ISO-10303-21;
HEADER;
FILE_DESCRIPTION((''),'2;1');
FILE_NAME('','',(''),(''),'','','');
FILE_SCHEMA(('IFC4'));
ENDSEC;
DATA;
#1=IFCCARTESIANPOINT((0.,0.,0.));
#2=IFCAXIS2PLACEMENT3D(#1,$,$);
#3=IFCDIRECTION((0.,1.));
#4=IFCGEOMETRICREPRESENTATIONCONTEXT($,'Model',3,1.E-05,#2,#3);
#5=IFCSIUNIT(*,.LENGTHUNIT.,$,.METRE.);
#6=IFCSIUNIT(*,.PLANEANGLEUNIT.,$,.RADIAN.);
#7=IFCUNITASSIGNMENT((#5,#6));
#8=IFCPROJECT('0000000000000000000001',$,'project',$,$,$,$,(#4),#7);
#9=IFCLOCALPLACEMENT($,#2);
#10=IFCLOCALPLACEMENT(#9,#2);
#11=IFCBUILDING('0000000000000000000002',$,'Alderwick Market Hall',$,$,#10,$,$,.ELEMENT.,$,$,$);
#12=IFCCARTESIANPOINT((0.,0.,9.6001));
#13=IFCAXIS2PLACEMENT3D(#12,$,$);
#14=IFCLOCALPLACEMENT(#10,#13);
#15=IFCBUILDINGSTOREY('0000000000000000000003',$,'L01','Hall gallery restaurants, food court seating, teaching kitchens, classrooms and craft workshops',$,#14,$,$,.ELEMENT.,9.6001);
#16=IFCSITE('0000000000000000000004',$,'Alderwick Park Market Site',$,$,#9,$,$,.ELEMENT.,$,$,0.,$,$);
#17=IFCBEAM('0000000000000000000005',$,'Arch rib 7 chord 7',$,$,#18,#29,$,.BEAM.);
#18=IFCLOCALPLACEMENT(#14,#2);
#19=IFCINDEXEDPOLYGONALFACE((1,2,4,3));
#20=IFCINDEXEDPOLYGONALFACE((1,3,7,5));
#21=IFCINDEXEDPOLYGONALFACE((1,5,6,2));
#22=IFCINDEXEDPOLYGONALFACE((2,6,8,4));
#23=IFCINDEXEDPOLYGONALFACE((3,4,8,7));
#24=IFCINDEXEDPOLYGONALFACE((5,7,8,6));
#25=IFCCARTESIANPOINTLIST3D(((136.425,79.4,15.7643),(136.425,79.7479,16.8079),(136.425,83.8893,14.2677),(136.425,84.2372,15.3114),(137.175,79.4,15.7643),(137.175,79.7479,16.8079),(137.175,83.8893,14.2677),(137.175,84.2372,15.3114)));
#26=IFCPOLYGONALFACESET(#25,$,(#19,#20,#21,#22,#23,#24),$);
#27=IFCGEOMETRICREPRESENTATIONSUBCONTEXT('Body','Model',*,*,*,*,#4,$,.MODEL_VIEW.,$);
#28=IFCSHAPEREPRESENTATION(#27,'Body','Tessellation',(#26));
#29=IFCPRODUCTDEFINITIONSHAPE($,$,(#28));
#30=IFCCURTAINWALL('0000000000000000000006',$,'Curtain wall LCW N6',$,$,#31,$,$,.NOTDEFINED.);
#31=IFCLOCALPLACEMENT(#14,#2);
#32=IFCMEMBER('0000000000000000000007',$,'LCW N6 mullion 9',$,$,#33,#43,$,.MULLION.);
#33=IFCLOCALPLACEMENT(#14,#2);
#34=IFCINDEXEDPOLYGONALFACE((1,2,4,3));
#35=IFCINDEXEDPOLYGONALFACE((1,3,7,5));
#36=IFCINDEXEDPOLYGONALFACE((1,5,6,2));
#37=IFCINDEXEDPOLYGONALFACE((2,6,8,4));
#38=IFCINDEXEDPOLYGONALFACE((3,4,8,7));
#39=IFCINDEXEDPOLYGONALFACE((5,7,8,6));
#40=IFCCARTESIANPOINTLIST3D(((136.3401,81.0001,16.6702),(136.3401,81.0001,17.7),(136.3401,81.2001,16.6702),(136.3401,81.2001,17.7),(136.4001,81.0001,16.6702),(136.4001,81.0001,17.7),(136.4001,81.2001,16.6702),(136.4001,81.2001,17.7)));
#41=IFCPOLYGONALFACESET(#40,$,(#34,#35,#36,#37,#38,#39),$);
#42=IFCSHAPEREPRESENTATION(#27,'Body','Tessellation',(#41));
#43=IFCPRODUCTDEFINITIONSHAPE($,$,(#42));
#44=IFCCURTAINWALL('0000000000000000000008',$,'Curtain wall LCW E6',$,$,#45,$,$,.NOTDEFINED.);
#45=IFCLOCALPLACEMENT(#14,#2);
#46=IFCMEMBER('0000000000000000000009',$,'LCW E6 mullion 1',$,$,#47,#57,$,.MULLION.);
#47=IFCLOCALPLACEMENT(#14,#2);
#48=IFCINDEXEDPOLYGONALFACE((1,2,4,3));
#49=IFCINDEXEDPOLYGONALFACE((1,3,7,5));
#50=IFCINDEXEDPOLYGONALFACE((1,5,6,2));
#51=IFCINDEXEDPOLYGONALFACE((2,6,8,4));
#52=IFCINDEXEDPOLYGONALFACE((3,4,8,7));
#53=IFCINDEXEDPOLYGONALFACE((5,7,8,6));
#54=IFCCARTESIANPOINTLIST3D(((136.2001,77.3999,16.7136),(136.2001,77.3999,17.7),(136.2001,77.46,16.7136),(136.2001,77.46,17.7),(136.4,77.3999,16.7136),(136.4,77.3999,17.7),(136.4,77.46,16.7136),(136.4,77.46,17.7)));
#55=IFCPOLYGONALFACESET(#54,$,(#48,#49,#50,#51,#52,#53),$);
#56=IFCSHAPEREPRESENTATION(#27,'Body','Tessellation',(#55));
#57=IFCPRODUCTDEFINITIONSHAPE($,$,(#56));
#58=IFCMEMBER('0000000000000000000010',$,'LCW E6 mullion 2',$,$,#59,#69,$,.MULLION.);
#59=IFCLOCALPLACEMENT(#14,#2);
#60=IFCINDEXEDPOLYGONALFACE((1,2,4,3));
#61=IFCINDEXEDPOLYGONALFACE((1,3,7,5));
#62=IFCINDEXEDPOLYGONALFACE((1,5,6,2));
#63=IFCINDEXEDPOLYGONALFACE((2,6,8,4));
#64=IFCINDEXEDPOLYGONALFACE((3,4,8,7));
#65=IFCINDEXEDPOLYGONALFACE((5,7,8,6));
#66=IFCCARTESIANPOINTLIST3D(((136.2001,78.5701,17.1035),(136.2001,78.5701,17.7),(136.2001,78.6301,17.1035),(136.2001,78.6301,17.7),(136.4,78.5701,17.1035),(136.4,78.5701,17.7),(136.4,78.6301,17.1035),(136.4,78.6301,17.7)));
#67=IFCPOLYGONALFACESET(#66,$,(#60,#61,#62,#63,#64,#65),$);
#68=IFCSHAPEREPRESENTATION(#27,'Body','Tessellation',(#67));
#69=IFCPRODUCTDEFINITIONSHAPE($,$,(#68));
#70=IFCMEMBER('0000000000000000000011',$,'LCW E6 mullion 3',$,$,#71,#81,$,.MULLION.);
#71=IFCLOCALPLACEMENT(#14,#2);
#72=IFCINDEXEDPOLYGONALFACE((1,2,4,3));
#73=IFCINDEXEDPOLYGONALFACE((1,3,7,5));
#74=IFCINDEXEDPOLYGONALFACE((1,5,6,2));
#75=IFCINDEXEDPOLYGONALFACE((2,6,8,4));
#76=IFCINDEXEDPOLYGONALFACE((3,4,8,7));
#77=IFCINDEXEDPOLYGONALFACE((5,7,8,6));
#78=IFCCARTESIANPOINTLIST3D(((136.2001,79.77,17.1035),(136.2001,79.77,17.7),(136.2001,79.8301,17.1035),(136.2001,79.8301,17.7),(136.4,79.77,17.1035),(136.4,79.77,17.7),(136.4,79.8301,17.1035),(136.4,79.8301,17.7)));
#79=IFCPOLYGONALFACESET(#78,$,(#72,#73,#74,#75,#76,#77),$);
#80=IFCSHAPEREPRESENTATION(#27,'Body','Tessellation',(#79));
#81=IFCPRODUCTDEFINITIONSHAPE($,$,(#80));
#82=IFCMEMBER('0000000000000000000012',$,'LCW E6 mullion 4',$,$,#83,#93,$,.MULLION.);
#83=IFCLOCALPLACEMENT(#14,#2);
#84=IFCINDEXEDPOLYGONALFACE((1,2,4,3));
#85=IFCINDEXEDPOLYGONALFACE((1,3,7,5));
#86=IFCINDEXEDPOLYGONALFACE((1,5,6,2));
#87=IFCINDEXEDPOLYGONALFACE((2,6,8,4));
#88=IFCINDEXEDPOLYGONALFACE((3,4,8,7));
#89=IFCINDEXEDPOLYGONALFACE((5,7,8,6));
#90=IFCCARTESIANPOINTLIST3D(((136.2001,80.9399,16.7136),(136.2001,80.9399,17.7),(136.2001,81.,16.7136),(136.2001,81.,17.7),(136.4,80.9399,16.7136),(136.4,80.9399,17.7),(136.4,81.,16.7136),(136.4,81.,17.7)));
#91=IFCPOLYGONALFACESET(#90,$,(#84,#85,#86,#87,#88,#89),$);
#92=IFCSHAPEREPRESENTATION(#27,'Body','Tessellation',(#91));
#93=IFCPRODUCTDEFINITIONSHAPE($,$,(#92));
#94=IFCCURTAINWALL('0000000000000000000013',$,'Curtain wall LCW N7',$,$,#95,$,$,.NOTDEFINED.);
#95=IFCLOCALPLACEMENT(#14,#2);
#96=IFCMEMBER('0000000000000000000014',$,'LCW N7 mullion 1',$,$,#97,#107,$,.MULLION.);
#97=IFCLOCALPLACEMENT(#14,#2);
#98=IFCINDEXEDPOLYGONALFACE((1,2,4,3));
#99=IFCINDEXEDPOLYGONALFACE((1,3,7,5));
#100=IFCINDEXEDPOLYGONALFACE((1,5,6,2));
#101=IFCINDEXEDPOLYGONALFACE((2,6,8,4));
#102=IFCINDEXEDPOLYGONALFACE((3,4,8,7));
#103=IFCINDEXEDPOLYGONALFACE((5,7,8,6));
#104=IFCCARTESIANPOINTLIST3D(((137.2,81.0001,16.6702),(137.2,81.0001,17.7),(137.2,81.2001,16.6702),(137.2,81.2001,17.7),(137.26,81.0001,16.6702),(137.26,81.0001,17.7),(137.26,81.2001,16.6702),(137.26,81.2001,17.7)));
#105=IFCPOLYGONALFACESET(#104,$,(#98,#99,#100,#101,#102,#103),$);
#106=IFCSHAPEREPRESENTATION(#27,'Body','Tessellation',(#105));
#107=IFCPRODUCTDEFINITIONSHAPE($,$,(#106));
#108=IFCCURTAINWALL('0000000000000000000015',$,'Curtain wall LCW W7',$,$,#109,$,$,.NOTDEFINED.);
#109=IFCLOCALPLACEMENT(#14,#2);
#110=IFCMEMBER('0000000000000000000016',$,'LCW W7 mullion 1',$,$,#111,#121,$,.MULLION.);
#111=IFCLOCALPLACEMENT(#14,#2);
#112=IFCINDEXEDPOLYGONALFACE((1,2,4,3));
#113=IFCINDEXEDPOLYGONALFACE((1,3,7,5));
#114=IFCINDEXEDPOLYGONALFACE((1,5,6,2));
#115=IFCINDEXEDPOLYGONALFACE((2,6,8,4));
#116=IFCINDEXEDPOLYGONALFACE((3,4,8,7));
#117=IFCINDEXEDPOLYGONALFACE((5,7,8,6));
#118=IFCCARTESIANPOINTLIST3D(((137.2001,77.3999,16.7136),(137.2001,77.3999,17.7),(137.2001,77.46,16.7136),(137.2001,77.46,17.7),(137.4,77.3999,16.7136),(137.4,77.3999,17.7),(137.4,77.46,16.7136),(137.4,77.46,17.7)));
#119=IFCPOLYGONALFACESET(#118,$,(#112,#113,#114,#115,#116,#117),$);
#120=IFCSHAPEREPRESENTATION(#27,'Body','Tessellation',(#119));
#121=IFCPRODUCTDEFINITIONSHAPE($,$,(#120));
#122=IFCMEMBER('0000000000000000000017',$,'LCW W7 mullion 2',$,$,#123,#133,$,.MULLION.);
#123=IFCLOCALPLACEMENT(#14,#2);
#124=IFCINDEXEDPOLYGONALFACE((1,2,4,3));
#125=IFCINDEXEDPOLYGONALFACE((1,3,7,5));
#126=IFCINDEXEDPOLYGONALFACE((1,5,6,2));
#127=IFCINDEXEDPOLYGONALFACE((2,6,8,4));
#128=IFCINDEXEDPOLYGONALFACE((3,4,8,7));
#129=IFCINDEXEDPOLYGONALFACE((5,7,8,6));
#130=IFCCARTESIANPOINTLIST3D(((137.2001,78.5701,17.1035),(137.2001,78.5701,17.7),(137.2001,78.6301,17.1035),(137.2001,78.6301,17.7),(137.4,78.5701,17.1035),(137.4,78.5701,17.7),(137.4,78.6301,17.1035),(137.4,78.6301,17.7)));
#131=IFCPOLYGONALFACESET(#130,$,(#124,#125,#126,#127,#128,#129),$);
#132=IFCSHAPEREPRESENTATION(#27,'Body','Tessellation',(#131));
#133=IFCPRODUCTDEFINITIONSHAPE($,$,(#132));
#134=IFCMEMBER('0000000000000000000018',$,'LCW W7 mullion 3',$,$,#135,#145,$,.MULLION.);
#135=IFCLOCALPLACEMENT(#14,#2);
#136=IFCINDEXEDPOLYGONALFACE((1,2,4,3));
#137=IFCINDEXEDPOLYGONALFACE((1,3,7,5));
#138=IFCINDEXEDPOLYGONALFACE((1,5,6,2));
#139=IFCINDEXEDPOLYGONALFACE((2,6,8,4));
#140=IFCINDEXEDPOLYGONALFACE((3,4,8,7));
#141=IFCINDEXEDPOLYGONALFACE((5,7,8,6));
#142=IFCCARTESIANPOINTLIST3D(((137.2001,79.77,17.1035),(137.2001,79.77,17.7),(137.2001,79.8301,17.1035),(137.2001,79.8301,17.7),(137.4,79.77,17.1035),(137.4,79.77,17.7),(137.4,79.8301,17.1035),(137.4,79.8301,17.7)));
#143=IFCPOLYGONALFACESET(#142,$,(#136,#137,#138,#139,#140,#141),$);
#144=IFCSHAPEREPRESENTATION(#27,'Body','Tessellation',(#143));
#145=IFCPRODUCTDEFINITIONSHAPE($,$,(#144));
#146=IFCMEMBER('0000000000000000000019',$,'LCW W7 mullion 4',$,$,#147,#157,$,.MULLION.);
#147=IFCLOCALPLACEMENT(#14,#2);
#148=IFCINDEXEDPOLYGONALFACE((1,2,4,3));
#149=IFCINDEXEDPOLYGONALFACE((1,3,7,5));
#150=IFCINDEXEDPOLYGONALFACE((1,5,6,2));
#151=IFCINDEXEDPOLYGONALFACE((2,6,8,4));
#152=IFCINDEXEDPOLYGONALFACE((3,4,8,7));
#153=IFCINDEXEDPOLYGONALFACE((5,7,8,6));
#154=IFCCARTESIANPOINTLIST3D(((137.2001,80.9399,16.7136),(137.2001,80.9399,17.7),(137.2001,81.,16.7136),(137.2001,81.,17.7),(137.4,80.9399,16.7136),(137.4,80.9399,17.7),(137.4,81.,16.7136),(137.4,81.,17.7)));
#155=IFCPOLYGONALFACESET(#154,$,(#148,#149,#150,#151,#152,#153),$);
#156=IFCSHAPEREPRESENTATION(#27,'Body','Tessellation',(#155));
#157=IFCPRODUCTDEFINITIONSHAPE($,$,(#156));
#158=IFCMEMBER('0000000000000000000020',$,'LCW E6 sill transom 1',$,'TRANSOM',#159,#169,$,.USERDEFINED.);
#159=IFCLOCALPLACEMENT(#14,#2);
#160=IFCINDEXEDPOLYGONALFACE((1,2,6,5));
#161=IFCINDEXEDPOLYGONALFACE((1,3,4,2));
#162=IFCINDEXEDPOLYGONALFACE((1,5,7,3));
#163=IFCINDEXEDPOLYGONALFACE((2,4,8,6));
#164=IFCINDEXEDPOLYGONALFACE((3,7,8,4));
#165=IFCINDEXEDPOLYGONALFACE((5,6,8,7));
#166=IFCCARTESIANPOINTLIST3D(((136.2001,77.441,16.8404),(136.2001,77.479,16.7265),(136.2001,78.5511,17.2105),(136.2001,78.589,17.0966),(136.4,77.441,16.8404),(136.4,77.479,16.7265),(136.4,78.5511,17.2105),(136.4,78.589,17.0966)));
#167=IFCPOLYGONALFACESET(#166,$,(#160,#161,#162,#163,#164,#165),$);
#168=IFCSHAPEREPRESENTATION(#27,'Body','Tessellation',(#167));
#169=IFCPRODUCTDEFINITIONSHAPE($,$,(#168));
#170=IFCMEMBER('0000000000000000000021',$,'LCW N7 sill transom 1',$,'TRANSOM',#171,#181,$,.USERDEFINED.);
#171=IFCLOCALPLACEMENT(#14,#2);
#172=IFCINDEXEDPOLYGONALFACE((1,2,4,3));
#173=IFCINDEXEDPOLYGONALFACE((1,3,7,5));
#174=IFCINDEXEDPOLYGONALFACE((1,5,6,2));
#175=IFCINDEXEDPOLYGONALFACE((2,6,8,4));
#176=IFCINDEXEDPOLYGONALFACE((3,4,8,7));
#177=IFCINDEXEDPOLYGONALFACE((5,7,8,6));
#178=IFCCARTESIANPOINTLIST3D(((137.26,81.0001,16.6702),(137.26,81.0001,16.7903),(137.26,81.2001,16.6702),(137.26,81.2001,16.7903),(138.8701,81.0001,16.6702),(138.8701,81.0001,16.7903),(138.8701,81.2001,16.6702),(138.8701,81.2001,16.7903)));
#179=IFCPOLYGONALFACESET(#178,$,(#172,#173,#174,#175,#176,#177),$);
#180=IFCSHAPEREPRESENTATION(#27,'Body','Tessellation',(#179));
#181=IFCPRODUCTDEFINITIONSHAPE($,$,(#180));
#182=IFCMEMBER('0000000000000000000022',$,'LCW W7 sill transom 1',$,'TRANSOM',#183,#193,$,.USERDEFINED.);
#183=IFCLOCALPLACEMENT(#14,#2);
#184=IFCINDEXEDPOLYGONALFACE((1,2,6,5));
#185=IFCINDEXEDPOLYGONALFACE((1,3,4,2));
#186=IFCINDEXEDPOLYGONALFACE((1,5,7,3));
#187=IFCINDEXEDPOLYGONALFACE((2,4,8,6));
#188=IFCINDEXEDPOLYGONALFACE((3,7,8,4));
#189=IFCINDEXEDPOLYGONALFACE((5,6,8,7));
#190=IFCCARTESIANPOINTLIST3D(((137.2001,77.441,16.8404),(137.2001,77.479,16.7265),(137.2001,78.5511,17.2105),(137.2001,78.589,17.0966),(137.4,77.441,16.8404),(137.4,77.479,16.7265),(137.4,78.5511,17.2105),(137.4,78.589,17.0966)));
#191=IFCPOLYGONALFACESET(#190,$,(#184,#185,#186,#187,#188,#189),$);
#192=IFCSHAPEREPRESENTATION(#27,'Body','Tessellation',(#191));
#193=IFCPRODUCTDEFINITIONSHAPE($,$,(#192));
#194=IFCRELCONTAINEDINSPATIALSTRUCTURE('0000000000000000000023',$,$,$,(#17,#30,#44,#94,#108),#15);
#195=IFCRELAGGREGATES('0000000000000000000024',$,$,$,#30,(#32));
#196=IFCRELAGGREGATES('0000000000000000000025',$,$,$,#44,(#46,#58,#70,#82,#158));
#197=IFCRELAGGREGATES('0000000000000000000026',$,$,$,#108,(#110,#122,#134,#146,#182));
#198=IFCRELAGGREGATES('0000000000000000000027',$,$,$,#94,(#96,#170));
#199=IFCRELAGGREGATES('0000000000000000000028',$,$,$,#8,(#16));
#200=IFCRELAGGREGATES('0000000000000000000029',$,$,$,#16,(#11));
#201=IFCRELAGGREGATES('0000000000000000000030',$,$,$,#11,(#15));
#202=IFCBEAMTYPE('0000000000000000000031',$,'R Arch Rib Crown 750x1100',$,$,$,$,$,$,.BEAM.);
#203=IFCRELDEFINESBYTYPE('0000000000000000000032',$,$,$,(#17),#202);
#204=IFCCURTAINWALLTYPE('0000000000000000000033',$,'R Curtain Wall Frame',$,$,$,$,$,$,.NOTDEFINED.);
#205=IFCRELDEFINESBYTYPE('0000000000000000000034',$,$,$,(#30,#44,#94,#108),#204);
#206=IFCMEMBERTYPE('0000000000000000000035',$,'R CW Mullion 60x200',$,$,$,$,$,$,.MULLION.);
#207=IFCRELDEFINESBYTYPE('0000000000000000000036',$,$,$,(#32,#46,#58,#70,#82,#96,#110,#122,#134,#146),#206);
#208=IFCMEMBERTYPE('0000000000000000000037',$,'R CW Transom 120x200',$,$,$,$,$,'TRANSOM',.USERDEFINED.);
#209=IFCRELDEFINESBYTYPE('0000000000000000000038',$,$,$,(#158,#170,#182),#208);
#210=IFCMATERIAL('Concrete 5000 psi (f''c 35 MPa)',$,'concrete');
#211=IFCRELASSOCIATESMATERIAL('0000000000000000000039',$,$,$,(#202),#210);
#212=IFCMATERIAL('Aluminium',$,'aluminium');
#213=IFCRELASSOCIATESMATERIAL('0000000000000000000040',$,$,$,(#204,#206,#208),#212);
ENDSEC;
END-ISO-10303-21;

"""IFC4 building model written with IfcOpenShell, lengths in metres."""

from ifc_helpers import new_model, si_unit, direction, frame, origin, origin_2d, place, context, subcontext, project, spatial, rectangle, extrude, material, material_profile, profile_set, type_object, element, aggregate, save


model = new_model("IFC4")

# Units and contexts
model_context = context("Model", 3, precision=1e-05, world=origin(), true_north=direction((0.0, 1.0)))
body_context = subcontext(model_context, "Body", "Model", "MODEL_VIEW")
ifc_project = project(units=[si_unit("LENGTHUNIT", "METRE"), si_unit("PLANEANGLEUNIT", "RADIAN")], contexts=[model_context])

# Site, building, storey
site_placement = place(None, origin())
site = spatial("IfcSite", under=ifc_project, at=site_placement, Name="Alderwick Park Market Site", CompositionType="ELEMENT", RefElevation=0.0)
building_placement = place(site_placement, origin())
building = spatial("IfcBuilding", under=site, at=building_placement, Name="Alderwick Market Hall", CompositionType="ELEMENT")
storey_placement = place(building_placement, frame((0.0, 0.0, 9.6001)))
storey = spatial("IfcBuildingStorey", under=building, at=storey_placement, Name="L01", Description="Hall gallery restaurants, food court seating, teaching kitchens, classrooms and craft workshops", CompositionType="ELEMENT", Elevation=9.6001)

# Beam
ifc_material_1 = material(Name="Concrete 5000 psi (f'c 35 MPa)", Category="concrete")
ifc_material_profile_1 = material_profile(ifc_material_1, rectangle(XDim=0.75, YDim=1.1001, at=origin_2d()), Name="RC 750x1100")
ifc_profile_set_1 = profile_set([ifc_material_profile_1], Name="Concrete 5000 psi (f'c 35 MPa)")
beam_type = type_object("IfcBeamType", Name="R Arch Rib Crown 750x1100", PredefinedType="BEAM", material=ifc_profile_set_1)
beam_placement = place(storey_placement, frame((136.8, 79.574, 16.2861), z_axis=(0.0, 0.948673, -0.316259), x_axis=(-1.0, 0.0, 0.0)))
element("IfcBeam", 1, at=beam_placement, inside=storey, type_object=beam_type, Name="Arch rib 7 chord 7", PredefinedType="BEAM", context=body_context, shape_type="SweptSolid", body=[
    extrude(rectangle(XDim=0.75, YDim=1.1001, at=origin_2d()), origin(), (0.0, 0.0, 1.0), 4.7322),
])

# Curtain wall, member
ifc_material_2 = material(Name="Aluminium", Category="aluminium")
curtain_wall_type = type_object("IfcCurtainWallType", Name="R Curtain Wall Frame", PredefinedType="NOTDEFINED", material=ifc_material_2)
curtain_wall_1_placement = place(storey_placement, origin())
curtain_wall_1 = element("IfcCurtainWall", 2, at=curtain_wall_1_placement, inside=storey, type_object=curtain_wall_type, Name="Curtain wall LCW N6", PredefinedType="NOTDEFINED")
ifc_material_profile_2 = material_profile(ifc_material_2, rectangle(XDim=0.2, YDim=0.0601, at=origin_2d()), Name="AL 60x200")
ifc_profile_set_2 = profile_set([ifc_material_profile_2], Name="Aluminium")
member_type_1 = type_object("IfcMemberType", Name="R CW Mullion 60x200", PredefinedType="MULLION", material=ifc_profile_set_2)
member_1_placement = place(storey_placement, frame((136.3701, 81.1001, 16.6702), z_axis=(0.0, 0.0, 1.0), x_axis=(0.0, 1.0, 0.0)))
member_1 = element("IfcMember", 3, at=member_1_placement, type_object=member_type_1, Name="LCW N6 mullion 9", PredefinedType="MULLION", context=body_context, shape_type="SweptSolid", body=[
    extrude(rectangle(XDim=0.2, YDim=0.0601, at=origin_2d()), origin(), (0.0, 0.0, 1.0), 1.0298),
])
aggregate(curtain_wall_1, [member_1])

# Curtain wall, members
curtain_wall_2_placement = place(storey_placement, origin())
curtain_wall_2 = element("IfcCurtainWall", 4, at=curtain_wall_2_placement, inside=storey, type_object=curtain_wall_type, Name="Curtain wall LCW E6", PredefinedType="NOTDEFINED")
member_2_placement = place(storey_placement, frame((136.3, 77.4299, 16.7136), z_axis=(0.0, 0.0, 1.0), x_axis=(1.0, 0.0, 0.0)))
member_2 = element("IfcMember", 5, at=member_2_placement, type_object=member_type_1, Name="LCW E6 mullion 1", PredefinedType="MULLION", context=body_context, shape_type="SweptSolid", body=[
    extrude(rectangle(XDim=0.2, YDim=0.0601, at=origin_2d()), origin(), (0.0, 0.0, 1.0), 0.9863),
])
member_3_placement = place(storey_placement, frame((136.3, 78.6001, 17.1035), z_axis=(0.0, 0.0, 1.0), x_axis=(1.0, 0.0, 0.0)))
member_3 = element("IfcMember", 6, at=member_3_placement, type_object=member_type_1, Name="LCW E6 mullion 2", PredefinedType="MULLION", context=body_context, shape_type="SweptSolid", body=[
    extrude(rectangle(XDim=0.2, YDim=0.0601, at=origin_2d()), origin(), (0.0, 0.0, 1.0), 0.5964),
])
member_4_placement = place(storey_placement, frame((136.3, 79.8, 17.1035), z_axis=(0.0, 0.0, 1.0), x_axis=(1.0, 0.0, 0.0)))
member_4 = element("IfcMember", 7, at=member_4_placement, type_object=member_type_1, Name="LCW E6 mullion 3", PredefinedType="MULLION", context=body_context, shape_type="SweptSolid", body=[
    extrude(rectangle(XDim=0.2, YDim=0.0601, at=origin_2d()), origin(), (0.0, 0.0, 1.0), 0.5964),
])
member_5_placement = place(storey_placement, frame((136.3, 80.97, 16.7136), z_axis=(0.0, 0.0, 1.0), x_axis=(1.0, 0.0, 0.0)))
member_5 = element("IfcMember", 8, at=member_5_placement, type_object=member_type_1, Name="LCW E6 mullion 4", PredefinedType="MULLION", context=body_context, shape_type="SweptSolid", body=[
    extrude(rectangle(XDim=0.2, YDim=0.0601, at=origin_2d()), origin(), (0.0, 0.0, 1.0), 0.9863),
])

# Curtain wall, member
curtain_wall_3_placement = place(storey_placement, origin())
curtain_wall_3 = element("IfcCurtainWall", 9, at=curtain_wall_3_placement, inside=storey, type_object=curtain_wall_type, Name="Curtain wall LCW N7", PredefinedType="NOTDEFINED")
member_6_placement = place(storey_placement, frame((137.23, 81.1001, 16.6702), z_axis=(0.0, 0.0, 1.0), x_axis=(0.0, 1.0, 0.0)))
member_6 = element("IfcMember", 10, at=member_6_placement, type_object=member_type_1, Name="LCW N7 mullion 1", PredefinedType="MULLION", context=body_context, shape_type="SweptSolid", body=[
    extrude(rectangle(XDim=0.2, YDim=0.0601, at=origin_2d()), origin(), (0.0, 0.0, 1.0), 1.0298),
])

# Curtain wall, members
curtain_wall_4_placement = place(storey_placement, origin())
curtain_wall_4 = element("IfcCurtainWall", 11, at=curtain_wall_4_placement, inside=storey, type_object=curtain_wall_type, Name="Curtain wall LCW W7", PredefinedType="NOTDEFINED")
member_7_placement = place(storey_placement, frame((137.3, 77.4299, 16.7136), z_axis=(0.0, 0.0, 1.0), x_axis=(1.0, 0.0, 0.0)))
member_7 = element("IfcMember", 12, at=member_7_placement, type_object=member_type_1, Name="LCW W7 mullion 1", PredefinedType="MULLION", context=body_context, shape_type="SweptSolid", body=[
    extrude(rectangle(XDim=0.2, YDim=0.0601, at=origin_2d()), origin(), (0.0, 0.0, 1.0), 0.9863),
])
member_8_placement = place(storey_placement, frame((137.3, 78.6001, 17.1035), z_axis=(0.0, 0.0, 1.0), x_axis=(1.0, 0.0, 0.0)))
member_8 = element("IfcMember", 13, at=member_8_placement, type_object=member_type_1, Name="LCW W7 mullion 2", PredefinedType="MULLION", context=body_context, shape_type="SweptSolid", body=[
    extrude(rectangle(XDim=0.2, YDim=0.0601, at=origin_2d()), origin(), (0.0, 0.0, 1.0), 0.5964),
])
member_9_placement = place(storey_placement, frame((137.3, 79.8, 17.1035), z_axis=(0.0, 0.0, 1.0), x_axis=(1.0, 0.0, 0.0)))
member_9 = element("IfcMember", 14, at=member_9_placement, type_object=member_type_1, Name="LCW W7 mullion 3", PredefinedType="MULLION", context=body_context, shape_type="SweptSolid", body=[
    extrude(rectangle(XDim=0.2, YDim=0.0601, at=origin_2d()), origin(), (0.0, 0.0, 1.0), 0.5964),
])
member_10_placement = place(storey_placement, frame((137.3, 80.97, 16.7136), z_axis=(0.0, 0.0, 1.0), x_axis=(1.0, 0.0, 0.0)))
member_10 = element("IfcMember", 15, at=member_10_placement, type_object=member_type_1, Name="LCW W7 mullion 4", PredefinedType="MULLION", context=body_context, shape_type="SweptSolid", body=[
    extrude(rectangle(XDim=0.2, YDim=0.0601, at=origin_2d()), origin(), (0.0, 0.0, 1.0), 0.9863),
])

# Members
ifc_material_profile_3 = material_profile(ifc_material_2, rectangle(XDim=0.2, YDim=0.1201, at=origin_2d()), Name="AL 120x200")
ifc_profile_set_3 = profile_set([ifc_material_profile_3], Name="Aluminium")
member_type_2 = type_object("IfcMemberType", Name="R CW Transom 120x200", ElementType="TRANSOM", PredefinedType="USERDEFINED", material=ifc_profile_set_3)
member_11_placement = place(storey_placement, frame((136.3, 77.46, 16.7834), z_axis=(0.0, 0.948662, 0.31629), x_axis=(-1.0, 0.0, 0.0)))
member_11 = element("IfcMember", 16, at=member_11_placement, type_object=member_type_2, Name="LCW E6 sill transom 1", ObjectType="TRANSOM", PredefinedType="USERDEFINED", context=body_context, shape_type="SweptSolid", body=[
    extrude(rectangle(XDim=0.2, YDim=0.1201, at=origin_2d()), origin(), (0.0, 0.0, 1.0), 1.1702),
])
aggregate(curtain_wall_2, [member_2, member_3, member_4, member_5, member_11])
member_12_placement = place(storey_placement, frame((137.26, 81.1001, 16.7302), z_axis=(1.0, 0.0, 0.0), x_axis=(0.0, 1.0, 0.0)))
member_12 = element("IfcMember", 17, at=member_12_placement, type_object=member_type_2, Name="LCW N7 sill transom 1", ObjectType="TRANSOM", PredefinedType="USERDEFINED", context=body_context, shape_type="SweptSolid", body=[
    extrude(rectangle(XDim=0.2, YDim=0.1201, at=origin_2d()), origin(), (0.0, 0.0, 1.0), 1.6101),
])
member_13_placement = place(storey_placement, frame((137.3, 77.46, 16.7834), z_axis=(0.0, 0.948662, 0.31629), x_axis=(-1.0, 0.0, 0.0)))
member_13 = element("IfcMember", 18, at=member_13_placement, type_object=member_type_2, Name="LCW W7 sill transom 1", ObjectType="TRANSOM", PredefinedType="USERDEFINED", context=body_context, shape_type="SweptSolid", body=[
    extrude(rectangle(XDim=0.2, YDim=0.1201, at=origin_2d()), origin(), (0.0, 0.0, 1.0), 1.1702),
])

aggregate(curtain_wall_4, [member_7, member_8, member_9, member_10, member_13])

aggregate(curtain_wall_3, [member_6, member_12])

save(model, "model.ifc")
